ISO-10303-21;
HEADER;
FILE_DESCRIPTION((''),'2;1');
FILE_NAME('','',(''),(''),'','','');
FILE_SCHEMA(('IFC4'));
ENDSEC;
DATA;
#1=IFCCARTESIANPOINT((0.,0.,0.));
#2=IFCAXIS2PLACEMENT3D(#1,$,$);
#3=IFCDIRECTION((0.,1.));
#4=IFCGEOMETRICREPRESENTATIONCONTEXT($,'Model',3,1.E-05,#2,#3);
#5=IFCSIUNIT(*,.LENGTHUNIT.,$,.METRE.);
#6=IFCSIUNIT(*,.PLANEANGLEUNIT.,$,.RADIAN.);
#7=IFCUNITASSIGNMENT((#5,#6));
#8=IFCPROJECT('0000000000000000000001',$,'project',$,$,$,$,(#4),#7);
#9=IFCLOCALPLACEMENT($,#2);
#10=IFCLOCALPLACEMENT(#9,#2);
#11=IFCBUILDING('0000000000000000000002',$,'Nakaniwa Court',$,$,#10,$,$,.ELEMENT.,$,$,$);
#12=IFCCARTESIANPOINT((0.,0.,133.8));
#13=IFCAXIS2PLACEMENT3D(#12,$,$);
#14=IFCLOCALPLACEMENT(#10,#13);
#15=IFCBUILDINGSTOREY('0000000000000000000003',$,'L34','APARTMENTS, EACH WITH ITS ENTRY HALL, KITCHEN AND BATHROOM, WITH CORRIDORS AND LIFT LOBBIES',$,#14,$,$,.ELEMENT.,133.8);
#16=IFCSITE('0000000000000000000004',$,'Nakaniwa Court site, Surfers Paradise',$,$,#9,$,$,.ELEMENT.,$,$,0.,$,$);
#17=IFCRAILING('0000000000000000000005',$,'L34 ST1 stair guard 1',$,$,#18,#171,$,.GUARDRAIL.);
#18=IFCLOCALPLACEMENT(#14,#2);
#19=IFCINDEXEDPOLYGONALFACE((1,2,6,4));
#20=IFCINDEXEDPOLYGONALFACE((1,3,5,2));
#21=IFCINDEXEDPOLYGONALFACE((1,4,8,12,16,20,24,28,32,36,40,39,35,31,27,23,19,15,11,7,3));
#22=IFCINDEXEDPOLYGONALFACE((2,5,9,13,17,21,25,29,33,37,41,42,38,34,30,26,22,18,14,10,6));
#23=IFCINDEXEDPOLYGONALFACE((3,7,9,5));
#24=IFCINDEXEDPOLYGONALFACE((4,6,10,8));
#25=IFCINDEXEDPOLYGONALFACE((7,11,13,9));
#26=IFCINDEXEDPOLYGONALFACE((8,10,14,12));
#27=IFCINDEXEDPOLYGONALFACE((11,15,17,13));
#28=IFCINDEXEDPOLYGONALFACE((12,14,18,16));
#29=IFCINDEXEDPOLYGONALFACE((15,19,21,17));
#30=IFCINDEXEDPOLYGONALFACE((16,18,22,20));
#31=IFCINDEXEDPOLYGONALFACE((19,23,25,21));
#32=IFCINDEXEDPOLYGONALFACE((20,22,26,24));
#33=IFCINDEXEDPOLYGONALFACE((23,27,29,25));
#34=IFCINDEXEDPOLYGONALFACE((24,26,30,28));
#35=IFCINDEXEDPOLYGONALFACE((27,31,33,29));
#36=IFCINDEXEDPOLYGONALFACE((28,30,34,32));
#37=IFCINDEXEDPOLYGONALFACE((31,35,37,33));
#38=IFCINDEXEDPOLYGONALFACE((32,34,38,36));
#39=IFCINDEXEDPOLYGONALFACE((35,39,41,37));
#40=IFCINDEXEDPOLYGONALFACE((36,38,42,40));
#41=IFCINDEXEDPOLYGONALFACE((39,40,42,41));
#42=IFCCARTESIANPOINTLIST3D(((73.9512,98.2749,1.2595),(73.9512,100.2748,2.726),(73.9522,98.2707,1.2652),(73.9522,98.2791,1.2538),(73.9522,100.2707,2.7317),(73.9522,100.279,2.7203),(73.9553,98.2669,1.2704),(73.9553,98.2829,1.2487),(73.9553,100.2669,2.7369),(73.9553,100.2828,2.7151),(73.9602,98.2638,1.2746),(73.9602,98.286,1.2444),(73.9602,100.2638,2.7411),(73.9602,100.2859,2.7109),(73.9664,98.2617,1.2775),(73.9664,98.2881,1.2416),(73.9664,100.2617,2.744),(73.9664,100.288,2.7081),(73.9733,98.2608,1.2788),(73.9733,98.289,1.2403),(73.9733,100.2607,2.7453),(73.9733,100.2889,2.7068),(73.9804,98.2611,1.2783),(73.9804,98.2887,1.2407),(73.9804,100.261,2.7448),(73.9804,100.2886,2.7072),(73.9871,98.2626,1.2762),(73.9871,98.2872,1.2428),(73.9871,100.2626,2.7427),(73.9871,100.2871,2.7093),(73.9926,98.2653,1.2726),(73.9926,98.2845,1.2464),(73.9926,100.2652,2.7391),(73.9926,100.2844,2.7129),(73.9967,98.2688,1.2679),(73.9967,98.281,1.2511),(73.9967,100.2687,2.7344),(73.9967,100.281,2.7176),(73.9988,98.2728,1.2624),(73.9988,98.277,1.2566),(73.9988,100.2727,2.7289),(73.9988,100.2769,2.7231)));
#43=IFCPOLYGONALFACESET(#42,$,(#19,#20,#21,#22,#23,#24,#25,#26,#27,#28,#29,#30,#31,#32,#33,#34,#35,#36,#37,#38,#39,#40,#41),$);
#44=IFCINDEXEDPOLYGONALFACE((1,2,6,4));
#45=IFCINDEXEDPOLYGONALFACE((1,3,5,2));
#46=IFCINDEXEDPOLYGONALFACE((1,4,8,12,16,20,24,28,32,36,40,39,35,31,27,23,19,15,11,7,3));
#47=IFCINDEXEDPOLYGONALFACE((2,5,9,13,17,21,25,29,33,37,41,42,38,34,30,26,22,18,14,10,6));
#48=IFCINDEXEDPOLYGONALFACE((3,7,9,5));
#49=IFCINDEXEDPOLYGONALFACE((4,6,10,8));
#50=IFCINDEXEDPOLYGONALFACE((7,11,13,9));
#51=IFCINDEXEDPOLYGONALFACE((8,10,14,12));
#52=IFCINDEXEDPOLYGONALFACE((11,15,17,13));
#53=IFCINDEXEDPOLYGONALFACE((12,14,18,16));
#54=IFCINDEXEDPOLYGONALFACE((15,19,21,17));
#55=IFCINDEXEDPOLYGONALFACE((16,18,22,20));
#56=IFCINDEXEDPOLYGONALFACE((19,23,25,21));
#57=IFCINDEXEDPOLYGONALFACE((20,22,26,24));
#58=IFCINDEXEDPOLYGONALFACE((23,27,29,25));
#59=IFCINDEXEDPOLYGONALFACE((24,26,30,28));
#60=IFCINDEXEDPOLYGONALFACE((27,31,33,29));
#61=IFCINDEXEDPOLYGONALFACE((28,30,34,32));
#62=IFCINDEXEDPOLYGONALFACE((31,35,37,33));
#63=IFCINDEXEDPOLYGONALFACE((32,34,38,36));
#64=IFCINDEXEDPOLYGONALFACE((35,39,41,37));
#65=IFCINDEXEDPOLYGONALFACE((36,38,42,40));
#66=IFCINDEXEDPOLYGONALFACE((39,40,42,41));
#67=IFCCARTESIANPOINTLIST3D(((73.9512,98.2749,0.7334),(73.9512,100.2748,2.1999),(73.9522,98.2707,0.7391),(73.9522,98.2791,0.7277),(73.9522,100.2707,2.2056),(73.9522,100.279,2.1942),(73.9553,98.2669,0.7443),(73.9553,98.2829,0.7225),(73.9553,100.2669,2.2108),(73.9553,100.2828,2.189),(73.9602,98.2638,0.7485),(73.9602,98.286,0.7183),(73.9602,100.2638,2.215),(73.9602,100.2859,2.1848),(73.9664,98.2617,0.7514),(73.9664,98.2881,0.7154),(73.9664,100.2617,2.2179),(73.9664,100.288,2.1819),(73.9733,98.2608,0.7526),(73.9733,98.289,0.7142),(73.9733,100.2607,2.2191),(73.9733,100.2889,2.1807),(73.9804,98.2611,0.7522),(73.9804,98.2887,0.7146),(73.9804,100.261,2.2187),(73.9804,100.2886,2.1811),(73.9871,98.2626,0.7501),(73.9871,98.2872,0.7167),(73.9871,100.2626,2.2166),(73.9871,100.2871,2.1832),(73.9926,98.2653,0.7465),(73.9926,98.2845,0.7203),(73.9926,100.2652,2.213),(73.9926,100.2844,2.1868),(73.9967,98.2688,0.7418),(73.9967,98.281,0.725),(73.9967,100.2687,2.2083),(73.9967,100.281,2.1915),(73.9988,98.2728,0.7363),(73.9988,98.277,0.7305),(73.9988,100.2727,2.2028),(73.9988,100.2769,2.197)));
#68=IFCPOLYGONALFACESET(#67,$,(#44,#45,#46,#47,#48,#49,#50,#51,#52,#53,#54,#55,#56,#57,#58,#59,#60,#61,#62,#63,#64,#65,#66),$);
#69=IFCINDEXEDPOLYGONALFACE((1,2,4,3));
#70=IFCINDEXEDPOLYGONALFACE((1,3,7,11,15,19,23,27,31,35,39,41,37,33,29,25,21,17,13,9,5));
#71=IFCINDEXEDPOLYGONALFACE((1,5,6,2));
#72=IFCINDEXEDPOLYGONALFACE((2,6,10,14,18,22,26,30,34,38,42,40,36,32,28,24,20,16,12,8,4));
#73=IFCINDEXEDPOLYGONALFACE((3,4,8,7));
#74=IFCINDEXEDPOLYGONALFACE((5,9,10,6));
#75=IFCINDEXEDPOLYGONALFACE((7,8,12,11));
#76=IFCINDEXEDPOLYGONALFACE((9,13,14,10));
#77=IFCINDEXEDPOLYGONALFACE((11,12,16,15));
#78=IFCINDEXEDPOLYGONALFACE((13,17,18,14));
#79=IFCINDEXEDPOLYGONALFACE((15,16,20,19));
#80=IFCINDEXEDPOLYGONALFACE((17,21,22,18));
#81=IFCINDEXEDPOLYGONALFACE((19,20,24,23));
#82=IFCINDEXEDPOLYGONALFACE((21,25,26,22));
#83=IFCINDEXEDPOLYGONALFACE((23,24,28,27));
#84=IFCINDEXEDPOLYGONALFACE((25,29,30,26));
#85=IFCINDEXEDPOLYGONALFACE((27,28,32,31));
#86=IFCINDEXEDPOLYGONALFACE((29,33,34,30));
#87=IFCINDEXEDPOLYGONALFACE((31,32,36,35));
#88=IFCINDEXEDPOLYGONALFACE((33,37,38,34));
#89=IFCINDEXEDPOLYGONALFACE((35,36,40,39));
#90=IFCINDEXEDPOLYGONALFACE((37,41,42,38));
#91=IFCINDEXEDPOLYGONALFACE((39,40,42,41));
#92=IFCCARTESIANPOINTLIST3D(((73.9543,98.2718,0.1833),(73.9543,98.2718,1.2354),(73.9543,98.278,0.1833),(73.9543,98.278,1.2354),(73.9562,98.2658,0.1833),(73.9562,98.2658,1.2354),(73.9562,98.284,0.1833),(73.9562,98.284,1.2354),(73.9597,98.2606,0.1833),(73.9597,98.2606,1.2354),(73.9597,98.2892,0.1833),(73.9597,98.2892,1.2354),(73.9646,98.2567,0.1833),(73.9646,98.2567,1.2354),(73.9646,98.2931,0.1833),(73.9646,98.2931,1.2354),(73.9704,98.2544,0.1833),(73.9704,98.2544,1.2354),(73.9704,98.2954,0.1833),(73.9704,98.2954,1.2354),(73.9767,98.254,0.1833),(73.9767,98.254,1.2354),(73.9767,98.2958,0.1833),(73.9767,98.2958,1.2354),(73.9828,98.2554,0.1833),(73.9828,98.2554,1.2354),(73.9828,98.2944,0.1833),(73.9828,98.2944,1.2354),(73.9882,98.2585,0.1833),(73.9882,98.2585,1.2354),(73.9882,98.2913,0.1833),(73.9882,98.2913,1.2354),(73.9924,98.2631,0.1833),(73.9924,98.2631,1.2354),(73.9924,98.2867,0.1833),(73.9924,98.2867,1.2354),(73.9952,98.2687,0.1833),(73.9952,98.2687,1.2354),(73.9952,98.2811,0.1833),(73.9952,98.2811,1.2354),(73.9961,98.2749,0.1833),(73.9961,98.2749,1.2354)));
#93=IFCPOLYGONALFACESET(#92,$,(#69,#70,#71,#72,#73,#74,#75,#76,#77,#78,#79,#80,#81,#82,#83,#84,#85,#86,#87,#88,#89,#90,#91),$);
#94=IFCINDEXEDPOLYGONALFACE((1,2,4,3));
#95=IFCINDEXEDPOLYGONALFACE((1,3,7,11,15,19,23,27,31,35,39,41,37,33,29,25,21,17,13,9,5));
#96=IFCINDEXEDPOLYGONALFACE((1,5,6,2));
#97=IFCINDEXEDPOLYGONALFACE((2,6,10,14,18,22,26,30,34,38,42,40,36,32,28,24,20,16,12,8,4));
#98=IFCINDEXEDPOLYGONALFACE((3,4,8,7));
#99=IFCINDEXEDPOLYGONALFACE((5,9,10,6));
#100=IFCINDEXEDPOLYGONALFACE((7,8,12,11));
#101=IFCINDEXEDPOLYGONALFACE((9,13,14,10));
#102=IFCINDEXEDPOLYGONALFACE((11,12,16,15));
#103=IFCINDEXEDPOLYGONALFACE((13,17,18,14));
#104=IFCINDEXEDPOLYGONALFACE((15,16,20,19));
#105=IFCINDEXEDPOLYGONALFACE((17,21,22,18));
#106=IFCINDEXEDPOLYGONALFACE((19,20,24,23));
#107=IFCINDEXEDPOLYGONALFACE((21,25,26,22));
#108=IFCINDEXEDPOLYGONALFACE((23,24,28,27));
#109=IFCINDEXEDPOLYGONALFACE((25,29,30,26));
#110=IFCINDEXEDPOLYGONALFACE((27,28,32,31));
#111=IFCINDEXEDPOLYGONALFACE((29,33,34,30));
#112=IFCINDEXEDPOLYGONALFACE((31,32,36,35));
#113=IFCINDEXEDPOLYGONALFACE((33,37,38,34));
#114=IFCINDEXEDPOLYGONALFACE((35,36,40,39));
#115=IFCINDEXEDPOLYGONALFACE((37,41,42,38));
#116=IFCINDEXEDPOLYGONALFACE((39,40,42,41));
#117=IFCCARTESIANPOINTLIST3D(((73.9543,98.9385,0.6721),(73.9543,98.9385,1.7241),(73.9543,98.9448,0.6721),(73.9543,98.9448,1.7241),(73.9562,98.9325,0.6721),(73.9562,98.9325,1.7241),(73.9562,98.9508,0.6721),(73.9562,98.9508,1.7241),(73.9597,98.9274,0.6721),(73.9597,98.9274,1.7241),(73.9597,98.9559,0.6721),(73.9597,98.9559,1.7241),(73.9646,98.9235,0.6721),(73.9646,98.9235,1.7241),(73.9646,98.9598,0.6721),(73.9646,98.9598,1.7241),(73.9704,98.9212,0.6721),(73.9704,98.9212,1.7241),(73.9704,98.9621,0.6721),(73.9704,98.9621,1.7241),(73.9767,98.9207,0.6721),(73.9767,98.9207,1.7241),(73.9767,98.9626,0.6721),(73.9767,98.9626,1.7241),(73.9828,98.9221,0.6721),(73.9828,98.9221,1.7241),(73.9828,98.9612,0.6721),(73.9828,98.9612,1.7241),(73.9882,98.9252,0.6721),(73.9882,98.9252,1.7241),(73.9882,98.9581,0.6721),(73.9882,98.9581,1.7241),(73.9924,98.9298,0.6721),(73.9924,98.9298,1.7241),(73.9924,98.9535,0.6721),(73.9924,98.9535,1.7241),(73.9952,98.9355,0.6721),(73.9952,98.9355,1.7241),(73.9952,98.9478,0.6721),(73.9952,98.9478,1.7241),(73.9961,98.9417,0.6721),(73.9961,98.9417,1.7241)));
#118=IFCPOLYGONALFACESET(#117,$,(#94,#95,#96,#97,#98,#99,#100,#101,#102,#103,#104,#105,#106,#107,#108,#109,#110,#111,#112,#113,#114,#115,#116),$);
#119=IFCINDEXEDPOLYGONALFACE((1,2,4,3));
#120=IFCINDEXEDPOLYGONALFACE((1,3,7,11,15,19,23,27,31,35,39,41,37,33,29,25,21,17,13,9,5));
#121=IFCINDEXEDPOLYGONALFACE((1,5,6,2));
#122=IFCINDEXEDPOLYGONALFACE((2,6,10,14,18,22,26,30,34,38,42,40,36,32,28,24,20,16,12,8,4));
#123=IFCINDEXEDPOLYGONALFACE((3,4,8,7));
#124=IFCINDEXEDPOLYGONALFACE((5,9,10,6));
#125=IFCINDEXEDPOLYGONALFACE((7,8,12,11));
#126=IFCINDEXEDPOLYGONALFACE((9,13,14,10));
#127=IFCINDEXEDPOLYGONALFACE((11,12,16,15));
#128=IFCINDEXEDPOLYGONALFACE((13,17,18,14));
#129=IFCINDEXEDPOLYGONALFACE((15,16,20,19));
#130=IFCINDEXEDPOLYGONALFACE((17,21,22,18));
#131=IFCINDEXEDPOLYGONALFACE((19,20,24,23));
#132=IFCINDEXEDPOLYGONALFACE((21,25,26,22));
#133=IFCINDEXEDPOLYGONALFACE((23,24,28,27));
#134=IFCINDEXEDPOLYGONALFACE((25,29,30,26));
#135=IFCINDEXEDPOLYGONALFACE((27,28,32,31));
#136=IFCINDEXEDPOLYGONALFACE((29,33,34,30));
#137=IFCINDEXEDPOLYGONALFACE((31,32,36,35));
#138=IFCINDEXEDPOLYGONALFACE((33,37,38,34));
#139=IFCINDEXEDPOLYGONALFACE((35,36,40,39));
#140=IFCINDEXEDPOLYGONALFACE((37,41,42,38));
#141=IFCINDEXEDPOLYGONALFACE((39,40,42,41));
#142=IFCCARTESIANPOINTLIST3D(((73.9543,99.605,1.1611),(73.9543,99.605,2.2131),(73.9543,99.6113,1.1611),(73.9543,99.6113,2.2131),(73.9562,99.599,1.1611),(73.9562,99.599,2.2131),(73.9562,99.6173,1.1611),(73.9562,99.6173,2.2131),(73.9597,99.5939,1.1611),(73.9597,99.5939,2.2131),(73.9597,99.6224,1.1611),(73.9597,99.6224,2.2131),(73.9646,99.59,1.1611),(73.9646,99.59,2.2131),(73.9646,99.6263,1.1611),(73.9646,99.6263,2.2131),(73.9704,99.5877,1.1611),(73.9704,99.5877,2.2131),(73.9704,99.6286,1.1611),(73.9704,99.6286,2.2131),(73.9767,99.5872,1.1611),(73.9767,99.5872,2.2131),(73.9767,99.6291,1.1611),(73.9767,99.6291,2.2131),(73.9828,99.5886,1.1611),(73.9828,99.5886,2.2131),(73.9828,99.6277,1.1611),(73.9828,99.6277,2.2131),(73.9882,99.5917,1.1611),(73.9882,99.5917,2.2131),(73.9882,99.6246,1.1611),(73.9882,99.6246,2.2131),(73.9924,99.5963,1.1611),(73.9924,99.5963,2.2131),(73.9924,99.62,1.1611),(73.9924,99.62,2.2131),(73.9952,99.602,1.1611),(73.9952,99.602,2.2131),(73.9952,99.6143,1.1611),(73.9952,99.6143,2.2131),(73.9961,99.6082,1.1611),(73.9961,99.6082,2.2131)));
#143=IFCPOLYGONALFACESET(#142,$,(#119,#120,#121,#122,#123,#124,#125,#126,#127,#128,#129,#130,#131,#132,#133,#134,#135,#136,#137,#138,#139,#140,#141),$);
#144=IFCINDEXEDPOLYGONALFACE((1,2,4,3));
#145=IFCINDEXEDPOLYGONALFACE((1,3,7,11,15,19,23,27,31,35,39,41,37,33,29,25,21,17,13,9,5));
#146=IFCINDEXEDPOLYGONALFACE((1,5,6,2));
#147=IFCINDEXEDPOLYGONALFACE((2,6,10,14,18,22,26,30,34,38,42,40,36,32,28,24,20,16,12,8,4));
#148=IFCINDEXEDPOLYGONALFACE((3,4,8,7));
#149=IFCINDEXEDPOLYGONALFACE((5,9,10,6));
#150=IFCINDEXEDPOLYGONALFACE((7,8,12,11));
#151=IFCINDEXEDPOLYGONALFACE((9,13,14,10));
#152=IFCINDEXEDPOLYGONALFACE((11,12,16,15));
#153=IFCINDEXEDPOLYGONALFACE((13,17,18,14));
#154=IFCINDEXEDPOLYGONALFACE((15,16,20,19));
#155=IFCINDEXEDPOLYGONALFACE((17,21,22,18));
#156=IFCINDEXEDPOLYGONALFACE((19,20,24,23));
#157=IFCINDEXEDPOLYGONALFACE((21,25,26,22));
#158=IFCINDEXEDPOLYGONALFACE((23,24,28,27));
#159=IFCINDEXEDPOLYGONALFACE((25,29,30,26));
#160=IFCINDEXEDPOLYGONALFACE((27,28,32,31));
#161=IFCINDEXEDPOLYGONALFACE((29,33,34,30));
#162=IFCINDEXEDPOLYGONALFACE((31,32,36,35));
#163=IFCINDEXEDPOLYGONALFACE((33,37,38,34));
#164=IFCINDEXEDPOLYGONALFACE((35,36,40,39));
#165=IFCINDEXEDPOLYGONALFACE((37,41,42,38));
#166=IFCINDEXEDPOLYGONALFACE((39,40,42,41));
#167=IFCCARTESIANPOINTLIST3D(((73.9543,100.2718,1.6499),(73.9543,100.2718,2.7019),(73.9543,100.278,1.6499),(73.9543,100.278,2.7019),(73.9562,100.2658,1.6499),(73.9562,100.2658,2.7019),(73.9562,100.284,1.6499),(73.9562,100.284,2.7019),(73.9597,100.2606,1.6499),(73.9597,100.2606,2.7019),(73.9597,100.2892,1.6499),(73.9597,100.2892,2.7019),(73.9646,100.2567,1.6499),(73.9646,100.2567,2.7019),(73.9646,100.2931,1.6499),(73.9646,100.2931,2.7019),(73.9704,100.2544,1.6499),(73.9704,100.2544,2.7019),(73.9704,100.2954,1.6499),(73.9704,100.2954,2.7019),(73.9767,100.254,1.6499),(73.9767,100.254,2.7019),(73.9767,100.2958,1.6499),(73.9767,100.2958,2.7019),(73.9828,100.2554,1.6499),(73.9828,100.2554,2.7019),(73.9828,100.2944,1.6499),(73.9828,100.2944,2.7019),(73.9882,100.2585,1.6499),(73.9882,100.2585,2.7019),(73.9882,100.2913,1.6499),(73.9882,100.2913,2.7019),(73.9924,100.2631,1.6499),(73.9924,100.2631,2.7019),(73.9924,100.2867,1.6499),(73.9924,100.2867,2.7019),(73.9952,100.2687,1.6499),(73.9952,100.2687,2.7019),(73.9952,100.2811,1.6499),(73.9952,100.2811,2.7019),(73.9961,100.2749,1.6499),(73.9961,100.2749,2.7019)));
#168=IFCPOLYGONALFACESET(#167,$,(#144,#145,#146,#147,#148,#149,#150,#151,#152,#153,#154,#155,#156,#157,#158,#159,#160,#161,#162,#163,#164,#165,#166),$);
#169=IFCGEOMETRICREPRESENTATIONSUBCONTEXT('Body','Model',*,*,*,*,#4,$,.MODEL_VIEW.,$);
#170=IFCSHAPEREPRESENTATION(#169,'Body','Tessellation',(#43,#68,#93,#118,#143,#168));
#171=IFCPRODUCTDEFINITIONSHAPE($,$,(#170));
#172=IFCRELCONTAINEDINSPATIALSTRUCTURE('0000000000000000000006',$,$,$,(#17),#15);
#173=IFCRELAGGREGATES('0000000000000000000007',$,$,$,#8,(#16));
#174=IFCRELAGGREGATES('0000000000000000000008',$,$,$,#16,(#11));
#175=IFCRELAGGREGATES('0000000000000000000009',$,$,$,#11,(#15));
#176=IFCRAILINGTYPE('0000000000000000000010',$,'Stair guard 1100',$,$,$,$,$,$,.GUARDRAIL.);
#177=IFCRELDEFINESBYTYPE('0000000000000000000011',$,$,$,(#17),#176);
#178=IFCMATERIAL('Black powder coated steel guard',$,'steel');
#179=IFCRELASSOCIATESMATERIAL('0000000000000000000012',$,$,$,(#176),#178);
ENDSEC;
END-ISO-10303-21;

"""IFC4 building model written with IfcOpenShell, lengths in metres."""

from ifc_helpers import new_model, si_unit, direction, frame, origin, origin_2d, place, context, subcontext, project, spatial, circle, extrude, material, type_object, element, save


model = new_model("IFC4")

# Units and contexts
model_context = context("Model", 3, precision=1e-05, world=origin(), true_north=direction((0.0, 1.0)))
body_context = subcontext(model_context, "Body", "Model", "MODEL_VIEW")
ifc_project = project(units=[si_unit("LENGTHUNIT", "METRE"), si_unit("PLANEANGLEUNIT", "RADIAN")], contexts=[model_context])

# Site, building, storey
site_placement = place(None, origin())
site = spatial("IfcSite", under=ifc_project, at=site_placement, Name="Nakaniwa Court site, Surfers Paradise", CompositionType="ELEMENT", RefElevation=0.0)
building_placement = place(site_placement, origin())
building = spatial("IfcBuilding", under=site, at=building_placement, Name="Nakaniwa Court", CompositionType="ELEMENT")
storey_placement = place(building_placement, frame((0.0, 0.0, 133.8)))
storey = spatial("IfcBuildingStorey", under=building, at=storey_placement, Name="L34", Description="APARTMENTS, EACH WITH ITS ENTRY HALL, KITCHEN AND BATHROOM, WITH CORRIDORS AND LIFT LOBBIES", CompositionType="ELEMENT", Elevation=133.8)

# Railing
ifc_material_1 = material(Name="Black powder coated steel guard", Category="steel")
railing_type_1 = type_object("IfcRailingType", Name="Stair guard 1100", PredefinedType="GUARDRAIL", material=ifc_material_1)
railing_1_placement = place(storey_placement, frame((73.9751, 98.2749, 0.1833)))
element("IfcRailing", 1, at=railing_1_placement, inside=storey, type_object=railing_type_1, Name="L34 ST1 stair guard 1", PredefinedType="GUARDRAIL", context=body_context, shape_type="SweptSolid", body=[
    extrude(circle(Radius=0.0239, at=origin_2d()), frame((0.0, 0.0, 1.0762), z_axis=(0.0, 0.806427, 0.591334), x_axis=(-1.0, 0.0, 0.0)), (0.0, 0.0, 1.0), 2.48),
    extrude(circle(Radius=0.0239, at=origin_2d()), frame((0.0, 0.0, 0.55), z_axis=(0.0, 0.806427, 0.591334), x_axis=(-1.0, 0.0, 0.0)), (0.0, 0.0, 1.0), 2.48),
    extrude(circle(Radius=0.021, at=origin_2d()), origin(), (0.0, 0.0, 1.0), 1.052),
    extrude(circle(Radius=0.021, at=origin_2d()), frame((0.0, 0.6667, 0.4888)), (0.0, 0.0, 1.0), 1.052),
    extrude(circle(Radius=0.021, at=origin_2d()), frame((0.0, 1.3333, 0.9778)), (0.0, 0.0, 1.0), 1.052),
    extrude(circle(Radius=0.021, at=origin_2d()), frame((0.0, 2.0, 1.4666)), (0.0, 0.0, 1.0), 1.052),
])

save(model, "model.ifc")
